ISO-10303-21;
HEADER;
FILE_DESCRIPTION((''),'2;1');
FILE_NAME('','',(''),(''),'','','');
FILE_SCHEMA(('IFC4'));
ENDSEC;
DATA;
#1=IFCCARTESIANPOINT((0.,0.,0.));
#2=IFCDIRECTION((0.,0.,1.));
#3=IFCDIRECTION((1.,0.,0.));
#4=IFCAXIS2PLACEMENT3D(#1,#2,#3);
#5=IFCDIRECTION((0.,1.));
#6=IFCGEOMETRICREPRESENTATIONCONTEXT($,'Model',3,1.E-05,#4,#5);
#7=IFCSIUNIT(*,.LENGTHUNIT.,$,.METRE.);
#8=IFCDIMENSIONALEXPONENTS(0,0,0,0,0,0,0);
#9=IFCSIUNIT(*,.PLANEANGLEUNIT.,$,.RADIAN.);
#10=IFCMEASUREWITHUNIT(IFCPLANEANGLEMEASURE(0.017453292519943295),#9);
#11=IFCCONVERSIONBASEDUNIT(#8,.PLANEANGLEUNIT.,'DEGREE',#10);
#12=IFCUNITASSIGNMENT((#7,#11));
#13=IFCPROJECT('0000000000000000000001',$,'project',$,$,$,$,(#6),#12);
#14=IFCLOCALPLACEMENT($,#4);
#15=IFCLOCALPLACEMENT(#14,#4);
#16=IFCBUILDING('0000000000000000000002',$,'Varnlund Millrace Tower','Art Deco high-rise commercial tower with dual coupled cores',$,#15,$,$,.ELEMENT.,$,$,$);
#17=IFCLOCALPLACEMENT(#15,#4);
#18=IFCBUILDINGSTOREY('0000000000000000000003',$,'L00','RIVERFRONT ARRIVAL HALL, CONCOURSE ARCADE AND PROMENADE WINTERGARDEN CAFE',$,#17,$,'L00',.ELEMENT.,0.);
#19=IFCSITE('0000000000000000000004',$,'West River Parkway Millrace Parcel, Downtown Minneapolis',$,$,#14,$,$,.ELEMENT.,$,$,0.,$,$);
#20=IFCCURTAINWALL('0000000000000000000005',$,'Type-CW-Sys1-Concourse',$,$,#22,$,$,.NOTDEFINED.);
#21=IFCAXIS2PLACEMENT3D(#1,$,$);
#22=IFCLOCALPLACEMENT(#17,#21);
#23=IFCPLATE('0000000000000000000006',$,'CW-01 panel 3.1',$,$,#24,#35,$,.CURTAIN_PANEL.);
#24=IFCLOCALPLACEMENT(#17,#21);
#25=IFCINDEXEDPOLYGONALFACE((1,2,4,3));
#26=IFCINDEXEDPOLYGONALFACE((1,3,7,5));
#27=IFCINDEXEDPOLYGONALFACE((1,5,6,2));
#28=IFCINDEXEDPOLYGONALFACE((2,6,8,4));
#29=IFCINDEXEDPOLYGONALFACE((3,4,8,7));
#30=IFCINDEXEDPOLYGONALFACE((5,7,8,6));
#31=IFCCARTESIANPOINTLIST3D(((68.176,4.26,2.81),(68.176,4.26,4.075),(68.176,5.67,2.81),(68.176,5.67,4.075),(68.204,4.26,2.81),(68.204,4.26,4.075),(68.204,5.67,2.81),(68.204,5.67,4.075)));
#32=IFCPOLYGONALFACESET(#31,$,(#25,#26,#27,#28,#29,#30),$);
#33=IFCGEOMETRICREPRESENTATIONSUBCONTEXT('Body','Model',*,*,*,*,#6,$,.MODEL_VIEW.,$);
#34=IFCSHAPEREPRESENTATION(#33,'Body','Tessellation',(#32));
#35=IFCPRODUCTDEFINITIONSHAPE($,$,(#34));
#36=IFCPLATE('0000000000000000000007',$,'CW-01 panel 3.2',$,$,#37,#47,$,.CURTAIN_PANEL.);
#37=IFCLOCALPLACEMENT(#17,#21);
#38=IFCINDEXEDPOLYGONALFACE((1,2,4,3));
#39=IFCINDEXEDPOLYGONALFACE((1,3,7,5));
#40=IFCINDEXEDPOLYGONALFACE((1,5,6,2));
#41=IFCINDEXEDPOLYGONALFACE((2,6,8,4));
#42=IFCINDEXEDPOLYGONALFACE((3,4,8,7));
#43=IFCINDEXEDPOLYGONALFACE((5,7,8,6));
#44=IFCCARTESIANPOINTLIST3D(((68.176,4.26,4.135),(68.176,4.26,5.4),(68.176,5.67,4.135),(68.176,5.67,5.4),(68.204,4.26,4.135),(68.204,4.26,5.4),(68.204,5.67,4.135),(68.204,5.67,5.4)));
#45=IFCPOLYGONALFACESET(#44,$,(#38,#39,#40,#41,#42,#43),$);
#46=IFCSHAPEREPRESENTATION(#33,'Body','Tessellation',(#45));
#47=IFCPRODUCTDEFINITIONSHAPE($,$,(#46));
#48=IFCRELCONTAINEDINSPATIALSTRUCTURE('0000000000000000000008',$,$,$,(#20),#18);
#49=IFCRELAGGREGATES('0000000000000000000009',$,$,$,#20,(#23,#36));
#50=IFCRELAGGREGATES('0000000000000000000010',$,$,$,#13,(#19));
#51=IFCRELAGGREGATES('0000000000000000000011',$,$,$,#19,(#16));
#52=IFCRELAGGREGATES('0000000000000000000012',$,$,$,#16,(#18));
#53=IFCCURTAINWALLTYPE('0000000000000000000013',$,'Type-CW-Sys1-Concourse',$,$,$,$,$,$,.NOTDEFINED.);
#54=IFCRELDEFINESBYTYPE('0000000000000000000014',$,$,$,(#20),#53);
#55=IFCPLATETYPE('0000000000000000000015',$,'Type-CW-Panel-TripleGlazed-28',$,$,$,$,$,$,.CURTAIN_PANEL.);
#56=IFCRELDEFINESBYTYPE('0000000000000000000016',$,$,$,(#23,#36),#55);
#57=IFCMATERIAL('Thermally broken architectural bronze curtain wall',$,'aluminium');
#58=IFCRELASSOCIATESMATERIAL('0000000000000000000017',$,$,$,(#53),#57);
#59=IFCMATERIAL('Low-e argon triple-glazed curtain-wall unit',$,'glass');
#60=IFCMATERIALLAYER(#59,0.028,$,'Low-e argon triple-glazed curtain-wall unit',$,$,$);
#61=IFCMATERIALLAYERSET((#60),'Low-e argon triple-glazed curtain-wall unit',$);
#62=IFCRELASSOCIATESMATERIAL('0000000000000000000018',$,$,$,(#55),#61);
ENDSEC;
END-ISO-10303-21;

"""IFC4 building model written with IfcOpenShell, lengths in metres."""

from ifc_helpers import new_model, entity, si_unit, converted_unit, direction, frame, origin_with_axes, origin_2d_with_axis, place, context, subcontext, project, spatial, rectangle, extrude, material, layer, layer_set, type_object, element, aggregate, save


model = new_model("IFC4")

# Units and contexts
model_context = context("Model", 3, precision=1e-05, world=origin_with_axes(), true_north=direction((0.0, 1.0)))
body_context = subcontext(model_context, "Body", "Model", "MODEL_VIEW")
ifc_project = project(units=[si_unit("LENGTHUNIT", "METRE"), converted_unit("PLANEANGLEUNIT", "DEGREE", entity("IfcPlaneAngleMeasure", 0.017453292519943295), si_unit("PLANEANGLEUNIT", "RADIAN"), dimensions=[0, 0, 0, 0, 0, 0, 0])], contexts=[model_context])

# Site, building, storey
site_placement = place(None, origin_with_axes())
site = spatial("IfcSite", under=ifc_project, at=site_placement, Name="West River Parkway Millrace Parcel, Downtown Minneapolis", CompositionType="ELEMENT", RefElevation=0.0)
building_placement = place(site_placement, origin_with_axes())
building = spatial("IfcBuilding", under=site, at=building_placement, Name="Varnlund Millrace Tower", Description="Art Deco high-rise commercial tower with dual coupled cores", CompositionType="ELEMENT")
storey_placement = place(building_placement, origin_with_axes())
storey = spatial("IfcBuildingStorey", under=building, at=storey_placement, Name="L00", Description="RIVERFRONT ARRIVAL HALL, CONCOURSE ARCADE AND PROMENADE WINTERGARDEN CAFE", LongName="L00", CompositionType="ELEMENT", Elevation=0.0)

# Curtain wall
ifc_material_1 = material(Name="Thermally broken architectural bronze curtain wall", Category="aluminium")
curtain_wall_type = type_object("IfcCurtainWallType", Name="Type-CW-Sys1-Concourse", PredefinedType="NOTDEFINED", material=ifc_material_1)
curtain_wall_placement = place(storey_placement, frame((68.19, 8.7, 2.75), z_axis=(0.0, 0.0, 1.0), x_axis=(1.0, 0.0, 0.0)))
curtain_wall = element("IfcCurtainWall", 1, at=curtain_wall_placement, inside=storey, type_object=curtain_wall_type, Name="Type-CW-Sys1-Concourse", PredefinedType="NOTDEFINED")

# Plates
ifc_material_2 = material(Name="Low-e argon triple-glazed curtain-wall unit", Category="glass")
ifc_layer_1 = layer(ifc_material_2, 0.028, Name="Low-e argon triple-glazed curtain-wall unit")
ifc_layer_set_1 = layer_set([ifc_layer_1], Name="Low-e argon triple-glazed curtain-wall unit")
plate_type = type_object("IfcPlateType", Name="Type-CW-Panel-TripleGlazed-28", PredefinedType="CURTAIN_PANEL", material=ifc_layer_set_1)
plate_1_placement = place(storey_placement, frame((68.19, 4.965, 2.81), z_axis=(0.0, 0.0, 1.0), x_axis=(0.0, -1.0, 0.0)))
plate_1 = element("IfcPlate", 2, at=plate_1_placement, type_object=plate_type, Name="CW-01 panel 3.1", PredefinedType="CURTAIN_PANEL", context=body_context, shape_type="SweptSolid", body=[
    extrude(rectangle(XDim=1.41, YDim=0.028, at=origin_2d_with_axis()), origin_with_axes(), (0.0, 0.0, 1.0), 1.265),
])
plate_2_placement = place(storey_placement, frame((68.19, 4.965, 4.135), z_axis=(0.0, 0.0, 1.0), x_axis=(0.0, -1.0, 0.0)))
plate_2 = element("IfcPlate", 3, at=plate_2_placement, type_object=plate_type, Name="CW-01 panel 3.2", PredefinedType="CURTAIN_PANEL", context=body_context, shape_type="SweptSolid", body=[
    extrude(rectangle(XDim=1.41, YDim=0.028, at=origin_2d_with_axis()), origin_with_axes(), (0.0, 0.0, 1.0), 1.265),
])
aggregate(curtain_wall, [plate_1, plate_2])

save(model, "model.ifc")
